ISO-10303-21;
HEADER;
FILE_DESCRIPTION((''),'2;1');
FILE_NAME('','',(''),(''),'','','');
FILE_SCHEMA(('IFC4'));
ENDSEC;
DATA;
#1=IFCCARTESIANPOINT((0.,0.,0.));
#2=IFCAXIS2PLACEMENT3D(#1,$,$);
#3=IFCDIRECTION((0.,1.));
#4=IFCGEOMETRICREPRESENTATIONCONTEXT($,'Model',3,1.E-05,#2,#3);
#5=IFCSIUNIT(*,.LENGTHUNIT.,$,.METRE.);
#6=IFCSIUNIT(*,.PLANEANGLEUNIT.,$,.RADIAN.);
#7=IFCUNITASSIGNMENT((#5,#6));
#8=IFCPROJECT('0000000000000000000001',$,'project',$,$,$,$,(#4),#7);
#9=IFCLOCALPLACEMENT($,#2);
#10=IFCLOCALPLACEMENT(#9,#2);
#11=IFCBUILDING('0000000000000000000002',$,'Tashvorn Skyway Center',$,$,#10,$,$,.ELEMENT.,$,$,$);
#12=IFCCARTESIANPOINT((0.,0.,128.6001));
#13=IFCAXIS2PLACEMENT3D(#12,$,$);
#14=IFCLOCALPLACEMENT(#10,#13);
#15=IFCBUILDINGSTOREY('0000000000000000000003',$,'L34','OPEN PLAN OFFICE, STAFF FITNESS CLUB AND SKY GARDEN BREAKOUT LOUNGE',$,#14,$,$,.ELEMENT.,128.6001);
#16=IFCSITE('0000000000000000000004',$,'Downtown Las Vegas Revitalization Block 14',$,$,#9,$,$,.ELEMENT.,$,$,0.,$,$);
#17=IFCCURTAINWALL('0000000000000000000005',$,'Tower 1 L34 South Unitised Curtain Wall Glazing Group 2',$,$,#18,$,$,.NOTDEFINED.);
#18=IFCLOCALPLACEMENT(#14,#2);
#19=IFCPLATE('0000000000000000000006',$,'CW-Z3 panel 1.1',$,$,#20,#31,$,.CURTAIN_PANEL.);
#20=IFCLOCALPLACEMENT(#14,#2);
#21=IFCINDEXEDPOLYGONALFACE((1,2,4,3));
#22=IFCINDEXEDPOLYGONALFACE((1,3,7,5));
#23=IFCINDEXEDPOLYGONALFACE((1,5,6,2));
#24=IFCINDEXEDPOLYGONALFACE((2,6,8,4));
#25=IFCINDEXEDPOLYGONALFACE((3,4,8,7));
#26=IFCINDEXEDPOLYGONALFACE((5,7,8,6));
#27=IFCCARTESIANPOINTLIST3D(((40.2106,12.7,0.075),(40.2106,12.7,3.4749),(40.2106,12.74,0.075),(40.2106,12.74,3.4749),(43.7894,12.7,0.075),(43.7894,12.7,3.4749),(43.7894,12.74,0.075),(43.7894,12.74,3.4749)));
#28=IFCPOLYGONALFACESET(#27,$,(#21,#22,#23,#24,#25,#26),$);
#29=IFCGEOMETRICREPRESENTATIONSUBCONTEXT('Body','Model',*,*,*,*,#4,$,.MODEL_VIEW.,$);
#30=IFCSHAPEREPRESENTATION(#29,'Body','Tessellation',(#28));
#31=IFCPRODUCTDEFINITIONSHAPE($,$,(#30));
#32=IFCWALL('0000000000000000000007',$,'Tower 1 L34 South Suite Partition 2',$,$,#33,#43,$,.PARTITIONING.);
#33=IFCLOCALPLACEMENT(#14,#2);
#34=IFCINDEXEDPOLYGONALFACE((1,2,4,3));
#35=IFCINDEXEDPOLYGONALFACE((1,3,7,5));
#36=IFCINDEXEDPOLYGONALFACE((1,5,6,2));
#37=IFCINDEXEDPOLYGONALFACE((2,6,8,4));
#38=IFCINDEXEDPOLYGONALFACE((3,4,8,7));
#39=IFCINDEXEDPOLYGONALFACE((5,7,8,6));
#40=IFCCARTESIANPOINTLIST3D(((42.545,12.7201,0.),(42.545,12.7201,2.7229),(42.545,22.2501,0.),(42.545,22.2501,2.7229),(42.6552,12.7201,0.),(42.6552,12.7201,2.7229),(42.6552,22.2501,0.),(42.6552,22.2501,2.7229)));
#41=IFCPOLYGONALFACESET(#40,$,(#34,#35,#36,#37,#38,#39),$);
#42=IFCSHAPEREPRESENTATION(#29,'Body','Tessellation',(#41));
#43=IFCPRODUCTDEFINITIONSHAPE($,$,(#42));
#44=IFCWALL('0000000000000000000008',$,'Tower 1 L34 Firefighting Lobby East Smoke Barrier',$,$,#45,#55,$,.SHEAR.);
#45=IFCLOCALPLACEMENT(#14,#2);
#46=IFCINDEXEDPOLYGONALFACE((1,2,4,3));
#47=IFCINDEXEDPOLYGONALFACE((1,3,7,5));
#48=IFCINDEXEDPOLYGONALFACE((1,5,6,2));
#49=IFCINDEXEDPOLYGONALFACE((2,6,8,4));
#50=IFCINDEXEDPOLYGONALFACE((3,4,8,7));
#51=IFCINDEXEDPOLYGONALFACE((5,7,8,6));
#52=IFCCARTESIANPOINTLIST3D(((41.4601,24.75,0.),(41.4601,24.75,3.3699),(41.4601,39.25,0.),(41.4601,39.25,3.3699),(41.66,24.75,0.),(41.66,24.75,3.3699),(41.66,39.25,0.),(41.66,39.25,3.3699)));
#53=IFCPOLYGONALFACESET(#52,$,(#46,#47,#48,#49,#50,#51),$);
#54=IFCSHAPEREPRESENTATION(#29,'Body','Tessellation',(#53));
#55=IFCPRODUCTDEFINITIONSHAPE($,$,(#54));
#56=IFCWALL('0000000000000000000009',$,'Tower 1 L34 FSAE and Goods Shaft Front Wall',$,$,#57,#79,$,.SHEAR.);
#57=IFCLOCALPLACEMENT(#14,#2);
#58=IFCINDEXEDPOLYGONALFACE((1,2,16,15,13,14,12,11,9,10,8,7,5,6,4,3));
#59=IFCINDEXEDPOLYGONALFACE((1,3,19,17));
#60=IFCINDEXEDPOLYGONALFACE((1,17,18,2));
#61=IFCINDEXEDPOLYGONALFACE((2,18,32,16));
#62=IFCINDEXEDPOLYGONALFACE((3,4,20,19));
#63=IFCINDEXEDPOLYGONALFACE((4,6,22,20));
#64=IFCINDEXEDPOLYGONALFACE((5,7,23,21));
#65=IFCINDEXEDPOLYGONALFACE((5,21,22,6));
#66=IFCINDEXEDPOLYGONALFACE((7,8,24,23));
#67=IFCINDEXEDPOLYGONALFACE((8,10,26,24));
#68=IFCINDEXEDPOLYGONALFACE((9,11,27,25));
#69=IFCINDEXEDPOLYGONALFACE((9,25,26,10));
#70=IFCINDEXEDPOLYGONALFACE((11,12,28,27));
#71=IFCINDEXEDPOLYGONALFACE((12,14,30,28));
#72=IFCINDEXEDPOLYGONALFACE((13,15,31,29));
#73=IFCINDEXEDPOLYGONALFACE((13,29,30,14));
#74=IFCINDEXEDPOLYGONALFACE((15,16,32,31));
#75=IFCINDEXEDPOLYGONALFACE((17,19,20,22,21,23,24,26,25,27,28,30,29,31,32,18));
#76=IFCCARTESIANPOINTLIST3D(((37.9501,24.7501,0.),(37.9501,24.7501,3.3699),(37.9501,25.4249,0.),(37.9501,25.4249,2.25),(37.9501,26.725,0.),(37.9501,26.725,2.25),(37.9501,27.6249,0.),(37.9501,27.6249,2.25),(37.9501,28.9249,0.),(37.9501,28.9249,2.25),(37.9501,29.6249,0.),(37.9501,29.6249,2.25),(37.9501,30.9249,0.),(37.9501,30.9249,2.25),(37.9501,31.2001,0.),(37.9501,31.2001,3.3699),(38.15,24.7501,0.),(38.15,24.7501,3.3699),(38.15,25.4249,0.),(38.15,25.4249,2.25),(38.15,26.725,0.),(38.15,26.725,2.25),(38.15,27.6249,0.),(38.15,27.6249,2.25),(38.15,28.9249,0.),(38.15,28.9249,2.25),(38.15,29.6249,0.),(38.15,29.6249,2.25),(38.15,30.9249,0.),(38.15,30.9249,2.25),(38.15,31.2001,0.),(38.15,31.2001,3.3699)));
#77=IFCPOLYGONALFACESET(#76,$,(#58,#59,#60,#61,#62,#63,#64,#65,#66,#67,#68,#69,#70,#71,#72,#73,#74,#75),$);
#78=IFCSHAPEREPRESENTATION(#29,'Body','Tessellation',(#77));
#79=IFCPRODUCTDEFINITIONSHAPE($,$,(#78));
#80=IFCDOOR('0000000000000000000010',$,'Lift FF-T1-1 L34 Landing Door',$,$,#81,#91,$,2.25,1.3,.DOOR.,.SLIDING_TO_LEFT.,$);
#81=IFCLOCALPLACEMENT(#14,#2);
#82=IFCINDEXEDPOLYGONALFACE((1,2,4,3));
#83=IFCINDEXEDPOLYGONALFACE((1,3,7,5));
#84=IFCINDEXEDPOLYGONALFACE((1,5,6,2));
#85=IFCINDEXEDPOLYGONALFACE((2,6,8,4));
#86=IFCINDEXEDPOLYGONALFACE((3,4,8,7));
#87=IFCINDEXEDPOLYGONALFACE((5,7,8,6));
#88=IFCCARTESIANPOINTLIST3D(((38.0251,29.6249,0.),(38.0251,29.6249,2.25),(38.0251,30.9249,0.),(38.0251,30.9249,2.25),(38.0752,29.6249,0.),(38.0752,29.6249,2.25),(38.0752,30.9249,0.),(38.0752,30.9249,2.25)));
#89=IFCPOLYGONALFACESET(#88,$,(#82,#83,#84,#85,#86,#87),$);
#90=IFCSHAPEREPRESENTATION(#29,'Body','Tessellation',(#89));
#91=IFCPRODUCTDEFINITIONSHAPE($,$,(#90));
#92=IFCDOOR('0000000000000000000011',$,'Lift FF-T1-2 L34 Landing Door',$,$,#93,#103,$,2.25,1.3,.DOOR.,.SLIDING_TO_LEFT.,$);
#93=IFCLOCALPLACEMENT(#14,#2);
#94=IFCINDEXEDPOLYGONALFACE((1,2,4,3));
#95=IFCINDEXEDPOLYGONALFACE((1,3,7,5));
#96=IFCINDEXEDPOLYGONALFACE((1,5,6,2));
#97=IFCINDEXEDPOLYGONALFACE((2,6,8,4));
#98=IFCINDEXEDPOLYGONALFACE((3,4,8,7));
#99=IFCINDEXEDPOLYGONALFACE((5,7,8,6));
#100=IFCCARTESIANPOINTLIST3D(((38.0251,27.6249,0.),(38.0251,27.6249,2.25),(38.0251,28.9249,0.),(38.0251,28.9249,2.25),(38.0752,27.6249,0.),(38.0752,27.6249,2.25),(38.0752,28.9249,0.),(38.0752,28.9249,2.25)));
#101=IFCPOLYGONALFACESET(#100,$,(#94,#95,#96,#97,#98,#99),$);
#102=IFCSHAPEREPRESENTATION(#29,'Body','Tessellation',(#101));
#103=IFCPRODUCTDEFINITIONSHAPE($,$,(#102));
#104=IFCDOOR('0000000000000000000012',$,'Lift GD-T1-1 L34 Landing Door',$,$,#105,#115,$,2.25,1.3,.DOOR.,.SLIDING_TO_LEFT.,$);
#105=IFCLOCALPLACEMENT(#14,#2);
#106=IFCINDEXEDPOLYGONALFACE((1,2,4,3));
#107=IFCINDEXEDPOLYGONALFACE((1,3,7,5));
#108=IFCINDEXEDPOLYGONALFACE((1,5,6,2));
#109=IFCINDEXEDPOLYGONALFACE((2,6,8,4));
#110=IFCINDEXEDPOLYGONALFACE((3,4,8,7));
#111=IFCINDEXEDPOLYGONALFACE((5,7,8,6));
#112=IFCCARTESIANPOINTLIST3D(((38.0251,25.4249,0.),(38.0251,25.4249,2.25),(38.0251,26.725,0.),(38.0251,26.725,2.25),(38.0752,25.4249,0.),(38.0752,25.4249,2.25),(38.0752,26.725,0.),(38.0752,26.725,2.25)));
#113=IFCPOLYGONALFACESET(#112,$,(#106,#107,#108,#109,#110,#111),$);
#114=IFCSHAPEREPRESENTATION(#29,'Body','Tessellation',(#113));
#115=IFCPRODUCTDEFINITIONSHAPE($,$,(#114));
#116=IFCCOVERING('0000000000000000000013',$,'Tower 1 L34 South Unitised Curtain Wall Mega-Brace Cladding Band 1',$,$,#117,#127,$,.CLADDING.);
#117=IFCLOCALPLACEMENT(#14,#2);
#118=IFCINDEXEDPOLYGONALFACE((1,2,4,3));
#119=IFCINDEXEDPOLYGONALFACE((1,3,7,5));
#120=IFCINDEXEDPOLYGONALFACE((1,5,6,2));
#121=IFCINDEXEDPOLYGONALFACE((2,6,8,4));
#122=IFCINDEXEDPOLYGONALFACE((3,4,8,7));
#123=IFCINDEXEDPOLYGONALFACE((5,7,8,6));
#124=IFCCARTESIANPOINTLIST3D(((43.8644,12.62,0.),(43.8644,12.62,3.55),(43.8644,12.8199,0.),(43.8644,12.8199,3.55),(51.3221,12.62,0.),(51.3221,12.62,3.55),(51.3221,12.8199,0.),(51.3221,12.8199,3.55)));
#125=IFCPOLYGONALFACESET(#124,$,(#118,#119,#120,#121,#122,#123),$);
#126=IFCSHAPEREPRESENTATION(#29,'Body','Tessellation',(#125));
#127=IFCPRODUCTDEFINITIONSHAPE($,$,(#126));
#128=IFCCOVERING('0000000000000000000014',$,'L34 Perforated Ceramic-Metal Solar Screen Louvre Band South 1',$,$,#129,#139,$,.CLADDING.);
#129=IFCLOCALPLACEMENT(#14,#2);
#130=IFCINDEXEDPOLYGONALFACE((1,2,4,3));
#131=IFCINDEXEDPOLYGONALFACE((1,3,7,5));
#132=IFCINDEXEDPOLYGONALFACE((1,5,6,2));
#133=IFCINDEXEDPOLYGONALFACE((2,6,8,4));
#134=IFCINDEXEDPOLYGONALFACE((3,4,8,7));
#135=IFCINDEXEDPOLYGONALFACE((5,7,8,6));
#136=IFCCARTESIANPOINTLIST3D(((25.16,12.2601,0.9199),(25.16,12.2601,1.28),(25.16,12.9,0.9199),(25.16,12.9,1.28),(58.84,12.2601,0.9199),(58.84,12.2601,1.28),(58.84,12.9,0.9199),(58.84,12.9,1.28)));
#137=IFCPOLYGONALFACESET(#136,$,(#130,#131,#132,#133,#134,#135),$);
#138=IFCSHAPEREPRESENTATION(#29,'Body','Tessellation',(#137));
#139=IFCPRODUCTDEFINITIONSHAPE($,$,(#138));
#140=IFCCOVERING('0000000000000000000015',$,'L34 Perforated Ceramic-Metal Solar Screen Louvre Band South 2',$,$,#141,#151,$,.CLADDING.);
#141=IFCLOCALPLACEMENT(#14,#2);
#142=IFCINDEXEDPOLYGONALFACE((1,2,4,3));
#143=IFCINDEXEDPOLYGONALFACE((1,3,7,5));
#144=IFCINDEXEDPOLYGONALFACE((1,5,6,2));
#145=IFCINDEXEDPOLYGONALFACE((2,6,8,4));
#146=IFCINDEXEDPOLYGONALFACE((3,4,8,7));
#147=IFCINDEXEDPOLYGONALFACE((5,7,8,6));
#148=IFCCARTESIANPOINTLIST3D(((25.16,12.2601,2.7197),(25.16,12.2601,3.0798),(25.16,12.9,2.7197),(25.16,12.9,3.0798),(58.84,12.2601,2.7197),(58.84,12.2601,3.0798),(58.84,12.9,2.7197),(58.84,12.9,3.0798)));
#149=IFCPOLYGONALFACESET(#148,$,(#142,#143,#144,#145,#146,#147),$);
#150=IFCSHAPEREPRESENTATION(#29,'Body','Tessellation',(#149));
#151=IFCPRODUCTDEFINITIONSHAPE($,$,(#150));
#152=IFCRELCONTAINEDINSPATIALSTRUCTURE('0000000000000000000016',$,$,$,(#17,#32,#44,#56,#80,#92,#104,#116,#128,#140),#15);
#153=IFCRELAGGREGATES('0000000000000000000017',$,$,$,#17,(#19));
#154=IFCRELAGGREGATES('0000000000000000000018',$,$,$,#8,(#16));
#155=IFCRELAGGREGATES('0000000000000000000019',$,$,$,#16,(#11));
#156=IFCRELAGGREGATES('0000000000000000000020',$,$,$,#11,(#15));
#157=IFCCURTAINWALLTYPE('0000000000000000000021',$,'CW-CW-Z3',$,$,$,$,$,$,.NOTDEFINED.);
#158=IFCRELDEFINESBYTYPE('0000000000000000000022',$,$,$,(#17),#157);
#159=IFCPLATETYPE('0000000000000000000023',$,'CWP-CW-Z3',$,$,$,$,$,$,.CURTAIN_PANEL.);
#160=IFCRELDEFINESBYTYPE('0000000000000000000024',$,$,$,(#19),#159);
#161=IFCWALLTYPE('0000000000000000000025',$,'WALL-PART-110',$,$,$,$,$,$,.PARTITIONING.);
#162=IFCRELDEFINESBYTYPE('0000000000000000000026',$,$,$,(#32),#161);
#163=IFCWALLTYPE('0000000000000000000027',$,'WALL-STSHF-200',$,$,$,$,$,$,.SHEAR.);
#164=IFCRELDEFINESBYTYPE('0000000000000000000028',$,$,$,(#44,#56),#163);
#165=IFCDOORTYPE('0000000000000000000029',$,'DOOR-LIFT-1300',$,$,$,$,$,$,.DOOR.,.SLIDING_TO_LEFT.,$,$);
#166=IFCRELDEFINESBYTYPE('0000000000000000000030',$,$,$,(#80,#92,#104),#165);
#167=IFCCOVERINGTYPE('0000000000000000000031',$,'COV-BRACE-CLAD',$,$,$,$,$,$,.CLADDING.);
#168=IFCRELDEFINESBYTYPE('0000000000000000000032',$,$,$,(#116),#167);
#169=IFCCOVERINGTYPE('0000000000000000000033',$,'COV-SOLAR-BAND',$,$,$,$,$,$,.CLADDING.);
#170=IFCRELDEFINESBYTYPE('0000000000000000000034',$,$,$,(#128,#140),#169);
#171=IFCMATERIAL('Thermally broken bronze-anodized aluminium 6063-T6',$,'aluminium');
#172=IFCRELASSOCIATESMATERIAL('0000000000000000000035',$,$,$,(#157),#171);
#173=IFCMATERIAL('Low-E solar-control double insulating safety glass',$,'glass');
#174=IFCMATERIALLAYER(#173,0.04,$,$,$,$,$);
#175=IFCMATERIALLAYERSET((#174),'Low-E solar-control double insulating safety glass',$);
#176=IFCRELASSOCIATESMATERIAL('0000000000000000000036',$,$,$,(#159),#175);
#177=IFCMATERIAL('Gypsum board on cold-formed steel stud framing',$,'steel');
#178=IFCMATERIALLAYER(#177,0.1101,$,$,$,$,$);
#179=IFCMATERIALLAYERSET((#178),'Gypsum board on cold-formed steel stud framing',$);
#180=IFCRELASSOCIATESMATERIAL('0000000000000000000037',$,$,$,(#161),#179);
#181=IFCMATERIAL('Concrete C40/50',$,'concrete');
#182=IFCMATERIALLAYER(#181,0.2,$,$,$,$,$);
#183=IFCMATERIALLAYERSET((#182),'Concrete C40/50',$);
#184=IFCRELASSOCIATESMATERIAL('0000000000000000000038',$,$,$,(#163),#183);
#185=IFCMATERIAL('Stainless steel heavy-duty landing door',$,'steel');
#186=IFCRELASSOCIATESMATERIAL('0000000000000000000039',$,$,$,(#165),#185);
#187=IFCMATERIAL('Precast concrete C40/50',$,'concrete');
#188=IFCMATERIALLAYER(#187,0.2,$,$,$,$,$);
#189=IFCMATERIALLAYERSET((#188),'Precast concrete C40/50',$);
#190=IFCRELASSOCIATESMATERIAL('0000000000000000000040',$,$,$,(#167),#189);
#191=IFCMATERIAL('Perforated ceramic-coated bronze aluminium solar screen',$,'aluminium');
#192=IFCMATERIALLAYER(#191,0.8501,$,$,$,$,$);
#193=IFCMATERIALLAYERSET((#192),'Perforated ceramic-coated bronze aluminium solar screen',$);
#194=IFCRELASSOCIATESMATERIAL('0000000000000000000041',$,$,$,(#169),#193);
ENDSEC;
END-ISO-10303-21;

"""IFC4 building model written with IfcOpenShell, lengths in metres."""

from ifc_helpers import new_model, si_unit, direction, frame, frame_2d, origin, origin_2d, place, context, subcontext, project, spatial, rectangle, extrude, material, layer, layer_set, type_object, element, fill, aggregate, save


model = new_model("IFC4")

# Units and contexts
model_context = context("Model", 3, precision=1e-05, world=origin(), true_north=direction((0.0, 1.0)))
body_context = subcontext(model_context, "Body", "Model", "MODEL_VIEW")
ifc_project = project(units=[si_unit("LENGTHUNIT", "METRE"), si_unit("PLANEANGLEUNIT", "RADIAN")], contexts=[model_context])

# Site, building, storey
site_placement = place(None, origin())
site = spatial("IfcSite", under=ifc_project, at=site_placement, Name="Downtown Las Vegas Revitalization Block 14", CompositionType="ELEMENT", RefElevation=0.0)
building_placement = place(site_placement, origin())
building = spatial("IfcBuilding", under=site, at=building_placement, Name="Tashvorn Skyway Center", CompositionType="ELEMENT")
storey_placement = place(building_placement, frame((0.0, 0.0, 128.6001)))
storey = spatial("IfcBuildingStorey", under=building, at=storey_placement, Name="L34", Description="OPEN PLAN OFFICE, STAFF FITNESS CLUB AND SKY GARDEN BREAKOUT LOUNGE", CompositionType="ELEMENT", Elevation=128.6001)

# Curtain wall, plate
ifc_material_1 = material(Name="Thermally broken bronze-anodized aluminium 6063-T6", Category="aluminium")
curtain_wall_type = type_object("IfcCurtainWallType", Name="CW-CW-Z3", PredefinedType="NOTDEFINED", material=ifc_material_1)
curtain_wall_placement = place(storey_placement, origin())
curtain_wall = element("IfcCurtainWall", 1, at=curtain_wall_placement, inside=storey, type_object=curtain_wall_type, Name="Tower 1 L34 South Unitised Curtain Wall Glazing Group 2", PredefinedType="NOTDEFINED")
ifc_material_2 = material(Name="Low-E solar-control double insulating safety glass", Category="glass")
ifc_layer_1 = layer(ifc_material_2, 0.04)
ifc_layer_set_1 = layer_set([ifc_layer_1], Name="Low-E solar-control double insulating safety glass")
plate_type = type_object("IfcPlateType", Name="CWP-CW-Z3", PredefinedType="CURTAIN_PANEL", material=ifc_layer_set_1)
plate_placement = place(storey_placement, frame((42.0, 12.72, 0.075), z_axis=(0.0, 0.0, 1.0), x_axis=(-1.0, 0.0, 0.0)))
plate = element("IfcPlate", 2, at=plate_placement, type_object=plate_type, Name="CW-Z3 panel 1.1", PredefinedType="CURTAIN_PANEL", context=body_context, shape_type="SweptSolid", body=[
    extrude(rectangle(XDim=3.5789, YDim=0.04, at=origin_2d()), origin(), (0.0, 0.0, 1.0), 3.3999),
])
aggregate(curtain_wall, [plate])

# Walls
ifc_material_3 = material(Name="Gypsum board on cold-formed steel stud framing", Category="steel")
ifc_layer_2 = layer(ifc_material_3, 0.1101)
ifc_layer_set_2 = layer_set([ifc_layer_2], Name="Gypsum board on cold-formed steel stud framing")
wall_type_1 = type_object("IfcWallType", Name="WALL-PART-110", PredefinedType="PARTITIONING", material=ifc_layer_set_2)
wall_1_placement = place(storey_placement, frame((42.6001, 12.72, 0.0), z_axis=(0.0, 0.0, 1.0), x_axis=(0.0, 1.0, 0.0)))
element("IfcWall", 3, at=wall_1_placement, inside=storey, type_object=wall_type_1, Name="Tower 1 L34 South Suite Partition 2", PredefinedType="PARTITIONING", context=body_context, shape_type="SweptSolid", body=[
    extrude(rectangle(XDim=9.53, YDim=0.1101, at=frame_2d((4.7651, 0.0))), origin(), (0.0, 0.0, 1.0), 2.7229),
])
ifc_material_4 = material(Name="Concrete C40/50", Category="concrete")
ifc_layer_3 = layer(ifc_material_4, 0.2)
ifc_layer_set_3 = layer_set([ifc_layer_3], Name="Concrete C40/50")
wall_type_2 = type_object("IfcWallType", Name="WALL-STSHF-200", PredefinedType="SHEAR", material=ifc_layer_set_3)
wall_2_placement = place(storey_placement, frame((41.5601, 24.75, 0.0), z_axis=(0.0, 0.0, 1.0), x_axis=(0.0, 1.0, 0.0)))
element("IfcWall", 4, at=wall_2_placement, inside=storey, type_object=wall_type_2, Name="Tower 1 L34 Firefighting Lobby East Smoke Barrier", PredefinedType="SHEAR", context=body_context, shape_type="SweptSolid", body=[
    extrude(rectangle(XDim=14.5, YDim=0.2, at=frame_2d((7.25, 0.0))), origin(), (0.0, 0.0, 1.0), 3.3699),
])

# Wall, openings, doors
wall_3_placement = place(storey_placement, frame((38.05, 24.75, 0.0), z_axis=(0.0, 0.0, 1.0), x_axis=(0.0, 1.0, 0.0)))
wall_3 = element("IfcWall", 5, at=wall_3_placement, inside=storey, type_object=wall_type_2, Name="Tower 1 L34 FSAE and Goods Shaft Front Wall", PredefinedType="SHEAR", context=body_context, shape_type="SweptSolid", body=[
    extrude(rectangle(XDim=6.45, YDim=0.2, at=frame_2d((3.2251, 0.0))), origin(), (0.0, 0.0, 1.0), 3.3699),
])
opening_1_placement = place(wall_3_placement, frame((4.875, 0.0, 0.0)))
opening_1 = element("IfcOpeningElement", 6, at=opening_1_placement, cuts=wall_3, PredefinedType="OPENING", context=body_context, shape_type="SweptSolid", body=[
    extrude(rectangle(XDim=1.3, YDim=2.25, at=frame_2d((0.6499, 1.125))), frame((0.0, 0.1099, 0.0), z_axis=(0.0, -1.0, 0.0), x_axis=(1.0, 0.0, 0.0)), (0.0, 0.0, 1.0), 0.22),
])
opening_2_placement = place(wall_3_placement, frame((2.875, 0.0, 0.0)))
opening_2 = element("IfcOpeningElement", 7, at=opening_2_placement, cuts=wall_3, PredefinedType="OPENING", context=body_context, shape_type="SweptSolid", body=[
    extrude(rectangle(XDim=1.3, YDim=2.25, at=frame_2d((0.6499, 1.125))), frame((0.0, 0.1099, 0.0), z_axis=(0.0, -1.0, 0.0), x_axis=(1.0, 0.0, 0.0)), (0.0, 0.0, 1.0), 0.22),
])
opening_3_placement = place(wall_3_placement, frame((0.675, 0.0, 0.0)))
opening_3 = element("IfcOpeningElement", 8, at=opening_3_placement, cuts=wall_3, PredefinedType="OPENING", context=body_context, shape_type="SweptSolid", body=[
    extrude(rectangle(XDim=1.3, YDim=2.25, at=frame_2d((0.6499, 1.125))), frame((0.0, 0.1099, 0.0), z_axis=(0.0, -1.0, 0.0), x_axis=(1.0, 0.0, 0.0)), (0.0, 0.0, 1.0), 0.22),
])
ifc_material_5 = material(Name="Stainless steel heavy-duty landing door", Category="steel")
door_type = type_object("IfcDoorType", Name="DOOR-LIFT-1300", OperationType="SLIDING_TO_LEFT", PredefinedType="DOOR", material=ifc_material_5)
door_1_placement = place(opening_1_placement, origin())
door_1 = element("IfcDoor", 9, at=door_1_placement, inside=storey, type_object=door_type, Name="Lift FF-T1-1 L34 Landing Door", OperationType="SLIDING_TO_LEFT", OverallHeight=2.25, OverallWidth=1.3, PredefinedType="DOOR", context=body_context, shape_type="SweptSolid", body=[
    extrude(rectangle(XDim=1.3, YDim=2.25, at=frame_2d((0.6499, 1.125))), frame((0.0, 0.0249, 0.0), z_axis=(0.0, -1.0, 0.0), x_axis=(1.0, 0.0, 0.0)), (0.0, 0.0, 1.0), 0.05),
])
fill(opening_1, door_1)
door_2_placement = place(opening_2_placement, origin())
door_2 = element("IfcDoor", 10, at=door_2_placement, inside=storey, type_object=door_type, Name="Lift FF-T1-2 L34 Landing Door", OperationType="SLIDING_TO_LEFT", OverallHeight=2.25, OverallWidth=1.3, PredefinedType="DOOR", context=body_context, shape_type="SweptSolid", body=[
    extrude(rectangle(XDim=1.3, YDim=2.25, at=frame_2d((0.6499, 1.125))), frame((0.0, 0.0249, 0.0), z_axis=(0.0, -1.0, 0.0), x_axis=(1.0, 0.0, 0.0)), (0.0, 0.0, 1.0), 0.05),
])
fill(opening_2, door_2)
door_3_placement = place(opening_3_placement, origin())
door_3 = element("IfcDoor", 11, at=door_3_placement, inside=storey, type_object=door_type, Name="Lift GD-T1-1 L34 Landing Door", OperationType="SLIDING_TO_LEFT", OverallHeight=2.25, OverallWidth=1.3, PredefinedType="DOOR", context=body_context, shape_type="SweptSolid", body=[
    extrude(rectangle(XDim=1.3, YDim=2.25, at=frame_2d((0.6499, 1.125))), frame((0.0, 0.0249, 0.0), z_axis=(0.0, -1.0, 0.0), x_axis=(1.0, 0.0, 0.0)), (0.0, 0.0, 1.0), 0.05),
])
fill(opening_3, door_3)

# Coverings
ifc_material_6 = material(Name="Precast concrete C40/50", Category="concrete")
ifc_layer_4 = layer(ifc_material_6, 0.2)
ifc_layer_set_4 = layer_set([ifc_layer_4], Name="Precast concrete C40/50")
covering_type_1 = type_object("IfcCoveringType", Name="COV-BRACE-CLAD", PredefinedType="CLADDING", material=ifc_layer_set_4)
covering_placement = place(storey_placement, frame((47.5933, 12.72, 0.0), z_axis=(0.0, 0.0, 1.0), x_axis=(-1.0, 0.0, 0.0)))
element("IfcCovering", 12, at=covering_placement, inside=storey, type_object=covering_type_1, Name="Tower 1 L34 South Unitised Curtain Wall Mega-Brace Cladding Band 1", PredefinedType="CLADDING", context=body_context, shape_type="SweptSolid", body=[
    extrude(rectangle(XDim=7.4578, YDim=0.2, at=origin_2d()), origin(), (0.0, 0.0, 1.0), 3.55),
])
ifc_material_7 = material(Name="Perforated ceramic-coated bronze aluminium solar screen", Category="aluminium")
ifc_layer_5 = layer(ifc_material_7, 0.8501)
ifc_layer_set_5 = layer_set([ifc_layer_5], Name="Perforated ceramic-coated bronze aluminium solar screen")
covering_type_2 = type_object("IfcCoveringType", Name="COV-SOLAR-BAND", PredefinedType="CLADDING", material=ifc_layer_set_5)
for number, where, z_axis, x_axis, name in (
    (13, (42.0, 12.5801, 0.9199), (0.0, 0.0, 1.0), (-1.0, 0.0, 0.0), "L34 Perforated Ceramic-Metal Solar Screen Louvre Band South 1"),
    (14, (42.0, 12.5801, 2.7197), (0.0, 0.0, 1.0), (-1.0, 0.0, 0.0), "L34 Perforated Ceramic-Metal Solar Screen Louvre Band South 2"),
):
    element("IfcCovering", number, at=place(storey_placement, frame(where, z_axis=z_axis, x_axis=x_axis)), inside=storey, type_object=covering_type_2, Name=name, PredefinedType="CLADDING", context=body_context, shape_type="SweptSolid", body=[
        extrude(rectangle(XDim=33.6799, YDim=0.6399, at=origin_2d()), origin(), (0.0, 0.0, 1.0), 0.3601),
    ])

save(model, "model.ifc")
